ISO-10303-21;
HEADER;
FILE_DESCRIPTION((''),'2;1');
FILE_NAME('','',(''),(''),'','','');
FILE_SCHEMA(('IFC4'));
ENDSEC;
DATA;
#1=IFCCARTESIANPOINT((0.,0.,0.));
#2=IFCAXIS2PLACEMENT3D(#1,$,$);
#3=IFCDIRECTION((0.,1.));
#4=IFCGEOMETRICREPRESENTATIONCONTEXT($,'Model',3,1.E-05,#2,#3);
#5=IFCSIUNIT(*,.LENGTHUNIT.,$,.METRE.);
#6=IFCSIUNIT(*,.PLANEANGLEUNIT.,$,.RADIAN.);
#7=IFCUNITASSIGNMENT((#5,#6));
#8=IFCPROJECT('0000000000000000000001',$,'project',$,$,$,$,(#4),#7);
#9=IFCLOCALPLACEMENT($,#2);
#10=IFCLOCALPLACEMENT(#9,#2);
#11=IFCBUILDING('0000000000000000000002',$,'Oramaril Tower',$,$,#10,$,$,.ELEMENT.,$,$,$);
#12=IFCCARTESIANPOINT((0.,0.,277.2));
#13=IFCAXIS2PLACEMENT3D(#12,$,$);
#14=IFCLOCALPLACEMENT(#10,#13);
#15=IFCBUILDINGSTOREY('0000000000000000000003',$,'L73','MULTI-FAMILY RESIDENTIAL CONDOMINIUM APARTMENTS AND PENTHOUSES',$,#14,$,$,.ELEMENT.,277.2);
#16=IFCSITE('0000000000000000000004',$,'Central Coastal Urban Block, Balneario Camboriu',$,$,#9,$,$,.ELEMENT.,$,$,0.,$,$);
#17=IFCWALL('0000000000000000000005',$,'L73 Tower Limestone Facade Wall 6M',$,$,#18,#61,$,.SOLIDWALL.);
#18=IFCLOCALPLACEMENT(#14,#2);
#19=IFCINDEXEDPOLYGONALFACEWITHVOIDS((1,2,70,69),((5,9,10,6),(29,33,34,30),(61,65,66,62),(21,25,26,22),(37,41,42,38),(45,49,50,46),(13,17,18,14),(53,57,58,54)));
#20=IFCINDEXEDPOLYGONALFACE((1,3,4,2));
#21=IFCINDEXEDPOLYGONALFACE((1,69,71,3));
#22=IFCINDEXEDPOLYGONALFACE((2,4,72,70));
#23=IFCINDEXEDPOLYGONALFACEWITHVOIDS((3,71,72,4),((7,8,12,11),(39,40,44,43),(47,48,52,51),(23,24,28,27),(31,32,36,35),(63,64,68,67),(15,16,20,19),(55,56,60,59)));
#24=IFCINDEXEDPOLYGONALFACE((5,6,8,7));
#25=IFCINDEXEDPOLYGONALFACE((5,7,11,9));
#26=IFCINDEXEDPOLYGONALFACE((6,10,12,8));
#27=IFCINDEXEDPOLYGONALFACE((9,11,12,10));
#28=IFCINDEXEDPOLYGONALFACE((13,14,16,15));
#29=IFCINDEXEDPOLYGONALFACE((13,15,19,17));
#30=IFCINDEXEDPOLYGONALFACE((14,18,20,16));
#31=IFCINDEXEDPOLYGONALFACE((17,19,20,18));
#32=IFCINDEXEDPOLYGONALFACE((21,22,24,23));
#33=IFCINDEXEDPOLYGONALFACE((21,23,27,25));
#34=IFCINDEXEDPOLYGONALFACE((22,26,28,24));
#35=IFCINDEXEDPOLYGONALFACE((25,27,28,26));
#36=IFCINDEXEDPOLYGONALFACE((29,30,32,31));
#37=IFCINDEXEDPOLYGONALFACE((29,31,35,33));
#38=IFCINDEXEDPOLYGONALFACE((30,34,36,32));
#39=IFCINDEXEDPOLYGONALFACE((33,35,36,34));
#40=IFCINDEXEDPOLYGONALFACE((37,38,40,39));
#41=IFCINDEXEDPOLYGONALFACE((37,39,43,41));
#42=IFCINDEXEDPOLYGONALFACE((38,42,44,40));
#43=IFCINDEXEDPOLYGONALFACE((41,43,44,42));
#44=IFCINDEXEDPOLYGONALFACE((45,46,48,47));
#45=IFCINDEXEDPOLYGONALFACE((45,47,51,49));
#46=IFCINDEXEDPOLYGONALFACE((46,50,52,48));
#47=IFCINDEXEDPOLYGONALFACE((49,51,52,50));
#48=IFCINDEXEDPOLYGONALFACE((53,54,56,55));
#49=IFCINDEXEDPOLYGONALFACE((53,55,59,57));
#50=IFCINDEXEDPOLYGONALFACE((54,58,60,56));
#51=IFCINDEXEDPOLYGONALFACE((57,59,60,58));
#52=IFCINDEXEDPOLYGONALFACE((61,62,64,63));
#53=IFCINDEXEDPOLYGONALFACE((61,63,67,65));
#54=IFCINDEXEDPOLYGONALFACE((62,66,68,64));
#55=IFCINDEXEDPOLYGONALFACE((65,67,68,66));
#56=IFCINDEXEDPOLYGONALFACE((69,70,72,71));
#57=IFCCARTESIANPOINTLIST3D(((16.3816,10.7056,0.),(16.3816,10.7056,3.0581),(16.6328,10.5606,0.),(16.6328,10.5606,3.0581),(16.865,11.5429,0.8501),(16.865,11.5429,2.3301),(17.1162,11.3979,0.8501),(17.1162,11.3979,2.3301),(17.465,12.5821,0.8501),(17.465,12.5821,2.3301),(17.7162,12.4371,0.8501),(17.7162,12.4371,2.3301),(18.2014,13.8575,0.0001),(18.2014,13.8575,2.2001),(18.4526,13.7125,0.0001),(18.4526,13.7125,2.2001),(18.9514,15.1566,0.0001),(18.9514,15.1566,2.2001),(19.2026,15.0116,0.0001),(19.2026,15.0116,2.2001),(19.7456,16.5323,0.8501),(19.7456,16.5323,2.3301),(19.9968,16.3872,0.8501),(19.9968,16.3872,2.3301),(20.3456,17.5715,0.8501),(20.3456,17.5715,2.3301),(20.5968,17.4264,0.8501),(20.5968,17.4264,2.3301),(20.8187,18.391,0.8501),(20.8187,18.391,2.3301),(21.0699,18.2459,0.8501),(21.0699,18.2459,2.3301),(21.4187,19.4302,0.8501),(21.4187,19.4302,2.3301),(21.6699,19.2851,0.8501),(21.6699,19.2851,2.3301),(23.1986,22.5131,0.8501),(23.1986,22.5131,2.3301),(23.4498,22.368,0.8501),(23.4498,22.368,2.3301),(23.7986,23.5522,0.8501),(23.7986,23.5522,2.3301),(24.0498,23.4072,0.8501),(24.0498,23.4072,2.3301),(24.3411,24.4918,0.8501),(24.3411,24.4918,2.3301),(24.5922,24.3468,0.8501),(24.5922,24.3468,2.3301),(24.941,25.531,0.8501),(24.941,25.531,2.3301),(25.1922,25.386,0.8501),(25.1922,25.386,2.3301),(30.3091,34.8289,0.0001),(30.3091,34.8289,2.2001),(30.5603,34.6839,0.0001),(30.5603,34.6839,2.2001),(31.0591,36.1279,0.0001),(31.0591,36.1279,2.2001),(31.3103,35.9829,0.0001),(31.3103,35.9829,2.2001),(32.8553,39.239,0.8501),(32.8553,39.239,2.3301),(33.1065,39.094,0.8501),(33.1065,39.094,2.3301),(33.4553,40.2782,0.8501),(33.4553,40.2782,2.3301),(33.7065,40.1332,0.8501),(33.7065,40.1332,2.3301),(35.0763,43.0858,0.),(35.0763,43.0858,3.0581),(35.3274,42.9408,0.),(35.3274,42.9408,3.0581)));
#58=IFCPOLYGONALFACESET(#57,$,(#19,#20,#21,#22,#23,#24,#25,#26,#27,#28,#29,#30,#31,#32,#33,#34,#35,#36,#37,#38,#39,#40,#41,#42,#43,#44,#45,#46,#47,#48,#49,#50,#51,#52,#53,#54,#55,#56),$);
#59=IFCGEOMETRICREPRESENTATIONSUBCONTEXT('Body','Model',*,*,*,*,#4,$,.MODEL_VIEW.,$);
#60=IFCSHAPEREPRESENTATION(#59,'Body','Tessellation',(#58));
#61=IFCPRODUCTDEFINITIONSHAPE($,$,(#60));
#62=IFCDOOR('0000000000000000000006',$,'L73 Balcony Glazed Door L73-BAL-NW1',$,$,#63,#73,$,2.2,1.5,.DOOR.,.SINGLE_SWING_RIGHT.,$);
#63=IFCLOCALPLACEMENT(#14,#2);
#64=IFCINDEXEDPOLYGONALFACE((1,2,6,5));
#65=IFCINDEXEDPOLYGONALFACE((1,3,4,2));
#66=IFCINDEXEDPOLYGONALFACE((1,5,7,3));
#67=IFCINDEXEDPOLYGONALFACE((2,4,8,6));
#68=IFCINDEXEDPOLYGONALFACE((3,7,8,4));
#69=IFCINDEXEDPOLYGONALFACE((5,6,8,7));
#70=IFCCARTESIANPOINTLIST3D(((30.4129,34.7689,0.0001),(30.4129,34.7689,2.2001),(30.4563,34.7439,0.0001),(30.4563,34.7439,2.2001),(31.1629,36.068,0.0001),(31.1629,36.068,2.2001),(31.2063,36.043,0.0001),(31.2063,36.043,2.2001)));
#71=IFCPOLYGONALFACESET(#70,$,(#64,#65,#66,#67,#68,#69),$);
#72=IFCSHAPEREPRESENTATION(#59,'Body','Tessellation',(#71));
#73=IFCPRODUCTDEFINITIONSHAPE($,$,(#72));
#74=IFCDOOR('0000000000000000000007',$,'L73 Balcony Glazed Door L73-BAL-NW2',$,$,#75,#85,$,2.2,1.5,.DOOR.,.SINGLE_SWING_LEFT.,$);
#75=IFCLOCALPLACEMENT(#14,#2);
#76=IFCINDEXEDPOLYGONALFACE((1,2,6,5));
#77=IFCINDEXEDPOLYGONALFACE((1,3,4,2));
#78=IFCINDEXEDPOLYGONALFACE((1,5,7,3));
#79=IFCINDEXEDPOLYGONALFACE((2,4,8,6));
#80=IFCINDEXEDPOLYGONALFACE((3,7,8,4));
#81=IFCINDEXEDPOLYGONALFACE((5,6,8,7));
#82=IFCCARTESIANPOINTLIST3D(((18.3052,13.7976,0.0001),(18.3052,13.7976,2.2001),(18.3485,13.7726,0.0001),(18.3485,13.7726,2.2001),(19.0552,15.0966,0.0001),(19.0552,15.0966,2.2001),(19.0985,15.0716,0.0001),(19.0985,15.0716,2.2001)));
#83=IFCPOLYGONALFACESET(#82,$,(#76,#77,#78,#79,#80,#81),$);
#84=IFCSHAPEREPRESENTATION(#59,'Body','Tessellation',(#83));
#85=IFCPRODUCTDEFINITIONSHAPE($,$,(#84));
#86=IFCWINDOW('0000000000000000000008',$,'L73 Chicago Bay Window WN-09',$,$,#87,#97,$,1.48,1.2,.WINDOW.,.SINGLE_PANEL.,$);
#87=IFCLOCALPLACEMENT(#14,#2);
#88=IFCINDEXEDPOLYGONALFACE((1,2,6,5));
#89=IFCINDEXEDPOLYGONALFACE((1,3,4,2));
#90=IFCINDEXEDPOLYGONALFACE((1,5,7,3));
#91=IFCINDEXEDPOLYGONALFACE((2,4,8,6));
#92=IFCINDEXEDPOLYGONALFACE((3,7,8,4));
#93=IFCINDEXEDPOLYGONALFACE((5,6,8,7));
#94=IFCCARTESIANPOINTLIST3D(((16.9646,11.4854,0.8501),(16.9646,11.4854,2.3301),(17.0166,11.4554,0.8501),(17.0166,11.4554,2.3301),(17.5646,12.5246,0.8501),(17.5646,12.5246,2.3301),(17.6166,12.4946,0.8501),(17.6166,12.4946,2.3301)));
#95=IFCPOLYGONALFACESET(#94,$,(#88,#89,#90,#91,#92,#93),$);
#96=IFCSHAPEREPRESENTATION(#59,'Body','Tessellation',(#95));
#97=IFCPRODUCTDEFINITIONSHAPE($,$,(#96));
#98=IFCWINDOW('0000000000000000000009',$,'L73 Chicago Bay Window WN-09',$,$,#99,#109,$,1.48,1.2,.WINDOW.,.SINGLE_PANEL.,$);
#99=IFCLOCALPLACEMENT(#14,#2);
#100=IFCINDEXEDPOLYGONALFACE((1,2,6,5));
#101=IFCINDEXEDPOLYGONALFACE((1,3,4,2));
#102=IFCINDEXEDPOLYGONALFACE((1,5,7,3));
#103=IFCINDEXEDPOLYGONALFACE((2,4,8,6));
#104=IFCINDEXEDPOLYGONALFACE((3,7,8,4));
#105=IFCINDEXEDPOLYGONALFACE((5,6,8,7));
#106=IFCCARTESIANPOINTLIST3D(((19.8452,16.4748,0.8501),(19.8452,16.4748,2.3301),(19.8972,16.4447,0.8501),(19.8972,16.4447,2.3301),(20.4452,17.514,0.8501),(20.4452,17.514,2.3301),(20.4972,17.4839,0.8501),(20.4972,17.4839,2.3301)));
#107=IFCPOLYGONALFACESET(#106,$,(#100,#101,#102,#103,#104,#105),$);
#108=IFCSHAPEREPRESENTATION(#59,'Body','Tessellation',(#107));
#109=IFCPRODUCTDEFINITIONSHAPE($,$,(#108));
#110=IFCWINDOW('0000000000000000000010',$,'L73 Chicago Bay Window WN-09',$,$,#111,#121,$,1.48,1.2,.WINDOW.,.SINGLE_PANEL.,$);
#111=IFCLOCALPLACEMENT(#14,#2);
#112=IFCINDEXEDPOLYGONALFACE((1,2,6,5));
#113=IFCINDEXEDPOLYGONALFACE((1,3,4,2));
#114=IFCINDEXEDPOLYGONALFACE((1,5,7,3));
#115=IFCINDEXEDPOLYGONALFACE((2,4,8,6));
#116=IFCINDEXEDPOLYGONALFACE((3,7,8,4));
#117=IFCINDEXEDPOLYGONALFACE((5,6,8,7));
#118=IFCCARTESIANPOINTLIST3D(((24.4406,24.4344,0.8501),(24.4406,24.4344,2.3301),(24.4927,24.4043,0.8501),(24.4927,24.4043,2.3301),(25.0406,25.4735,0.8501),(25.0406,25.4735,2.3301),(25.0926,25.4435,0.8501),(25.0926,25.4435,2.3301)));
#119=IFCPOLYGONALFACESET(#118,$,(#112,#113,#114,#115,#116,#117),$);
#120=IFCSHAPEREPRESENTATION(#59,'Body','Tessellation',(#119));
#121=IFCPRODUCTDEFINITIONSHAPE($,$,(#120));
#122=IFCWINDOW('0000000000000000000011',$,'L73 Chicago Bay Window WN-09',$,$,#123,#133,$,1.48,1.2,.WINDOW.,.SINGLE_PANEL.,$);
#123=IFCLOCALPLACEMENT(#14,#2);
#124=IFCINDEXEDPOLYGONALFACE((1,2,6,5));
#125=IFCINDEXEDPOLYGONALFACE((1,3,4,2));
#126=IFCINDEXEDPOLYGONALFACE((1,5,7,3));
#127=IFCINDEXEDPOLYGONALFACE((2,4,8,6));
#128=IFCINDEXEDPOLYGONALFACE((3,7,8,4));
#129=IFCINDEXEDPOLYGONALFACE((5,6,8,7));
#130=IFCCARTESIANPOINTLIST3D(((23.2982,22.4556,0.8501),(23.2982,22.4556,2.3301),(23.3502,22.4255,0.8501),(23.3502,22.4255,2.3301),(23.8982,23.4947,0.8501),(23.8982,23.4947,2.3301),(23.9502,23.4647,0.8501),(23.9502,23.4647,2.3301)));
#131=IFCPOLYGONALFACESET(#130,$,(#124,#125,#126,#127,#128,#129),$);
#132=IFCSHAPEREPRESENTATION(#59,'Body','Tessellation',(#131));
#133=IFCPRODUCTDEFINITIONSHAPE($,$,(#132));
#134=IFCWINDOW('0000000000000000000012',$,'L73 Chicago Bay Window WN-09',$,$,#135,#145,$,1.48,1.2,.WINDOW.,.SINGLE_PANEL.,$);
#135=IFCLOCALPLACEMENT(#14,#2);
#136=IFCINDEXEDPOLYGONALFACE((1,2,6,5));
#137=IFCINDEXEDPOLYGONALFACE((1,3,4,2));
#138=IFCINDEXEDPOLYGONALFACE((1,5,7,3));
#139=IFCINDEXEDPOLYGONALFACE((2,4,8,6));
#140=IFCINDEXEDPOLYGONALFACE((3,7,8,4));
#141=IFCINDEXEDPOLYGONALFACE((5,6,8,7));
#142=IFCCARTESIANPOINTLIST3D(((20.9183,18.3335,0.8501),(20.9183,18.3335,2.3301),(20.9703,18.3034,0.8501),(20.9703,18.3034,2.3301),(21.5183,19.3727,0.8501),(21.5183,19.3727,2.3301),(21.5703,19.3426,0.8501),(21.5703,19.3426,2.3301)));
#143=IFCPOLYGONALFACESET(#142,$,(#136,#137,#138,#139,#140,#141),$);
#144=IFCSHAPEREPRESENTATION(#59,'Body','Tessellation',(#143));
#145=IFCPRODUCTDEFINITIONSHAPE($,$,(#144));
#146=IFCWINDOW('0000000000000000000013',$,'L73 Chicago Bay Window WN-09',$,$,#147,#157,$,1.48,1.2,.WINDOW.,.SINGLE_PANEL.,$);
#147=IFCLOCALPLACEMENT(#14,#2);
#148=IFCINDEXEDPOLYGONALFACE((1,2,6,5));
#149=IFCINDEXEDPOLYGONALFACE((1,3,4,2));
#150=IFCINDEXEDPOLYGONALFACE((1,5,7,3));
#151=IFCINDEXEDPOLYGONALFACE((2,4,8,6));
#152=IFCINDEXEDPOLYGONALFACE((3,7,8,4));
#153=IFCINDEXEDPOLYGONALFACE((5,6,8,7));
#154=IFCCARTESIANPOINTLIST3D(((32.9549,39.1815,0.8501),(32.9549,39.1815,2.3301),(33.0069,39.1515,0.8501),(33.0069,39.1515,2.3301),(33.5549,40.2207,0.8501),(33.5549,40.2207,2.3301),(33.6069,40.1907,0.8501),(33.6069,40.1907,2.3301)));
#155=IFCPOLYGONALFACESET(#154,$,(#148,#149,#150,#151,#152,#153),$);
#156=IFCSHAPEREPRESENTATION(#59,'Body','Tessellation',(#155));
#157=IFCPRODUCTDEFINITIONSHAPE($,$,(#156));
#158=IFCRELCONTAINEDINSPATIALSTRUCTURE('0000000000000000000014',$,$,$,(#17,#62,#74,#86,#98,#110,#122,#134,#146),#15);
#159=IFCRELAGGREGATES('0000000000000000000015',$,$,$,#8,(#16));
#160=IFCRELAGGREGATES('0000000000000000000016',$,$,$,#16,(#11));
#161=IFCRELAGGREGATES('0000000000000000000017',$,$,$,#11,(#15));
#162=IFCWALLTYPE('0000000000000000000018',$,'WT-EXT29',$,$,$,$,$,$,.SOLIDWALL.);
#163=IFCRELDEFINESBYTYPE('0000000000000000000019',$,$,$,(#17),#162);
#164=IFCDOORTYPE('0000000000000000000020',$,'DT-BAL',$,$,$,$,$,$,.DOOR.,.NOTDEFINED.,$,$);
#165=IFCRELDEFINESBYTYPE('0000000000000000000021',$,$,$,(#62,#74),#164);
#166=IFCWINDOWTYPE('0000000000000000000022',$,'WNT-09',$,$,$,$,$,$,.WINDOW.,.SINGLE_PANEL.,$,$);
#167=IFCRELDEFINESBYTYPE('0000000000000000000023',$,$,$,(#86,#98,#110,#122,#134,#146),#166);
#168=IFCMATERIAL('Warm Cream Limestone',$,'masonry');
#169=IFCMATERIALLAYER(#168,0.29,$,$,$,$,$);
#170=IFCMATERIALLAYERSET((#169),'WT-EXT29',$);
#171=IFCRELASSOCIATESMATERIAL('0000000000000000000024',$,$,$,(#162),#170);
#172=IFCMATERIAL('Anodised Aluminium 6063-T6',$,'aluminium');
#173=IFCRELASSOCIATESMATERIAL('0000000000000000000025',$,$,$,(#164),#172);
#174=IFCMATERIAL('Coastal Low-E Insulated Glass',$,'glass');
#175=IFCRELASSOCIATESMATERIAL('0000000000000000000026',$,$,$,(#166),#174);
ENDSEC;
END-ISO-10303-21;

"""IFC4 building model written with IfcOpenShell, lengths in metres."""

from ifc_helpers import new_model, si_unit, direction, frame, frame_2d, origin, place, context, subcontext, project, spatial, rectangle, extrude, material, layer, layer_set, type_object, element, fill, save


model = new_model("IFC4")

# Units and contexts
model_context = context("Model", 3, precision=1e-05, world=origin(), true_north=direction((0.0, 1.0)))
body_context = subcontext(model_context, "Body", "Model", "MODEL_VIEW")
ifc_project = project(units=[si_unit("LENGTHUNIT", "METRE"), si_unit("PLANEANGLEUNIT", "RADIAN")], contexts=[model_context])

# Site, building, storey
site_placement = place(None, origin())
site = spatial("IfcSite", under=ifc_project, at=site_placement, Name="Central Coastal Urban Block, Balneario Camboriu", CompositionType="ELEMENT", RefElevation=0.0)
building_placement = place(site_placement, origin())
building = spatial("IfcBuilding", under=site, at=building_placement, Name="Oramaril Tower", CompositionType="ELEMENT")
storey_placement = place(building_placement, frame((0.0, 0.0, 277.2)))
storey = spatial("IfcBuildingStorey", under=building, at=storey_placement, Name="L73", Description="MULTI-FAMILY RESIDENTIAL CONDOMINIUM APARTMENTS AND PENTHOUSES", CompositionType="ELEMENT", Elevation=277.2)

# Shared definitions
ifc_material_1 = material(Name="Warm Cream Limestone", Category="masonry")
ifc_layer_1 = layer(ifc_material_1, 0.29)
ifc_layer_set_1 = layer_set([ifc_layer_1], Name="WT-EXT29")
wall_type_1 = type_object("IfcWallType", Name="WT-EXT29", PredefinedType="SOLIDWALL", material=ifc_layer_set_1)

# Wall, openings, doors, windows
wall_1_placement = place(storey_placement, frame((35.2019, 43.0134, 0.0), z_axis=(0.0, 0.0, 1.0), x_axis=(-0.499998, -0.866027, 0.0)))
wall_1 = element("IfcWall", 1, at=wall_1_placement, inside=storey, type_object=wall_type_1, Name="L73 Tower Limestone Facade Wall 6M", PredefinedType="SOLIDWALL", context=body_context, shape_type="SweptSolid", body=[
    extrude(rectangle(XDim=37.3894, YDim=0.29, at=frame_2d((18.6948, 0.0))), origin(), (0.0, 0.0, 1.0), 3.0581),
])
opening_1_placement = place(wall_1_placement, frame((8.0344, 0.0, 0.0)))
opening_1 = element("IfcOpeningElement", 2, at=opening_1_placement, cuts=wall_1, PredefinedType="OPENING", context=body_context, shape_type="SweptSolid", body=[
    extrude(rectangle(XDim=1.5, YDim=2.2, at=frame_2d((0.75, 1.1001))), frame((0.0, 0.145, 0.0), z_axis=(0.0, -1.0, 0.0), x_axis=(1.0, 0.0, 0.0)), (0.0, 0.0, 1.0), 0.29),
])
opening_2_placement = place(wall_1_placement, frame((32.25, 0.0, 0.0)))
opening_2 = element("IfcOpeningElement", 3, at=opening_2_placement, cuts=wall_1, PredefinedType="OPENING", context=body_context, shape_type="SweptSolid", body=[
    extrude(rectangle(XDim=1.5, YDim=2.2, at=frame_2d((0.75, 1.1001))), frame((0.0, 0.145, 0.0), z_axis=(0.0, -1.0, 0.0), x_axis=(1.0, 0.0, 0.0)), (0.0, 0.0, 1.0), 0.29),
])
opening_3_placement = place(wall_1_placement, frame((35.2227, 0.0, 0.8501)))
opening_3 = element("IfcOpeningElement", 4, at=opening_3_placement, cuts=wall_1, PredefinedType="OPENING", context=body_context, shape_type="SweptSolid", body=[
    extrude(rectangle(XDim=1.2, YDim=1.48, at=frame_2d((0.6001, 0.74))), frame((0.0, 0.145, 0.0), z_axis=(0.0, -1.0, 0.0), x_axis=(1.0, 0.0, 0.0)), (0.0, 0.0, 1.0), 0.29),
])
opening_4_placement = place(wall_1_placement, frame((29.4614, 0.0, 0.8501)))
opening_4 = element("IfcOpeningElement", 5, at=opening_4_placement, cuts=wall_1, PredefinedType="OPENING", context=body_context, shape_type="SweptSolid", body=[
    extrude(rectangle(XDim=1.2, YDim=1.48, at=frame_2d((0.6001, 0.74))), frame((0.0, 0.145, 0.0), z_axis=(0.0, -1.0, 0.0), x_axis=(1.0, 0.0, 0.0)), (0.0, 0.0, 1.0), 0.29),
])
opening_5_placement = place(wall_1_placement, frame((20.2705, 0.0, 0.8501)))
opening_5 = element("IfcOpeningElement", 6, at=opening_5_placement, cuts=wall_1, PredefinedType="OPENING", context=body_context, shape_type="SweptSolid", body=[
    extrude(rectangle(XDim=1.2, YDim=1.48, at=frame_2d((0.6001, 0.74))), frame((0.0, 0.145, 0.0), z_axis=(0.0, -1.0, 0.0), x_axis=(1.0, 0.0, 0.0)), (0.0, 0.0, 1.0), 0.29),
])
opening_6_placement = place(wall_1_placement, frame((22.5554, 0.0, 0.8501)))
opening_6 = element("IfcOpeningElement", 7, at=opening_6_placement, cuts=wall_1, PredefinedType="OPENING", context=body_context, shape_type="SweptSolid", body=[
    extrude(rectangle(XDim=1.2, YDim=1.48, at=frame_2d((0.6001, 0.74))), frame((0.0, 0.145, 0.0), z_axis=(0.0, -1.0, 0.0), x_axis=(1.0, 0.0, 0.0)), (0.0, 0.0, 1.0), 0.29),
])
opening_7_placement = place(wall_1_placement, frame((27.3152, 0.0, 0.8501)))
opening_7 = element("IfcOpeningElement", 8, at=opening_7_placement, cuts=wall_1, PredefinedType="OPENING", context=body_context, shape_type="SweptSolid", body=[
    extrude(rectangle(XDim=1.2, YDim=1.48, at=frame_2d((0.6001, 0.74))), frame((0.0, 0.145, 0.0), z_axis=(0.0, -1.0, 0.0), x_axis=(1.0, 0.0, 0.0)), (0.0, 0.0, 1.0), 0.29),
])
opening_8_placement = place(wall_1_placement, frame((3.2419, 0.0, 0.8501)))
opening_8 = element("IfcOpeningElement", 9, at=opening_8_placement, cuts=wall_1, PredefinedType="OPENING", context=body_context, shape_type="SweptSolid", body=[
    extrude(rectangle(XDim=1.2, YDim=1.48, at=frame_2d((0.6001, 0.74))), frame((0.0, 0.145, 0.0), z_axis=(0.0, -1.0, 0.0), x_axis=(1.0, 0.0, 0.0)), (0.0, 0.0, 1.0), 0.29),
])
ifc_material_2 = material(Name="Anodised Aluminium 6063-T6", Category="aluminium")
door_type = type_object("IfcDoorType", Name="DT-BAL", OperationType="NOTDEFINED", PredefinedType="DOOR", material=ifc_material_2)
door_1_placement = place(opening_1_placement, origin())
door_1 = element("IfcDoor", 10, at=door_1_placement, inside=storey, type_object=door_type, Name="L73 Balcony Glazed Door L73-BAL-NW1", OperationType="SINGLE_SWING_RIGHT", OverallHeight=2.2, OverallWidth=1.5, PredefinedType="DOOR", context=body_context, shape_type="SweptSolid", body=[
    extrude(rectangle(XDim=1.5, YDim=2.2, at=frame_2d((0.75, 1.1001))), frame((0.0, 0.0249, 0.0), z_axis=(0.0, -1.0, 0.0), x_axis=(1.0, 0.0, 0.0)), (0.0, 0.0, 1.0), 0.05),
])
fill(opening_1, door_1)
door_2_placement = place(opening_2_placement, origin())
door_2 = element("IfcDoor", 11, at=door_2_placement, inside=storey, type_object=door_type, Name="L73 Balcony Glazed Door L73-BAL-NW2", OperationType="SINGLE_SWING_LEFT", OverallHeight=2.2, OverallWidth=1.5, PredefinedType="DOOR", context=body_context, shape_type="SweptSolid", body=[
    extrude(rectangle(XDim=1.5, YDim=2.2, at=frame_2d((0.75, 1.1001))), frame((0.0, 0.0249, 0.0), z_axis=(0.0, -1.0, 0.0), x_axis=(1.0, 0.0, 0.0)), (0.0, 0.0, 1.0), 0.05),
])
fill(opening_2, door_2)
ifc_material_3 = material(Name="Coastal Low-E Insulated Glass", Category="glass")
window_type = type_object("IfcWindowType", Name="WNT-09", PartitioningType="SINGLE_PANEL", PredefinedType="WINDOW", material=ifc_material_3)
window_1_placement = place(opening_3_placement, origin())
window_1 = element("IfcWindow", 12, at=window_1_placement, inside=storey, type_object=window_type, Name="L73 Chicago Bay Window WN-09", OverallHeight=1.48, OverallWidth=1.2, PartitioningType="SINGLE_PANEL", PredefinedType="WINDOW", context=body_context, shape_type="SweptSolid", body=[
    extrude(rectangle(XDim=1.2, YDim=1.48, at=frame_2d((0.6001, 0.74))), frame((0.0, 0.03, 0.0), z_axis=(0.0, -1.0, 0.0), x_axis=(1.0, 0.0, 0.0)), (0.0, 0.0, 1.0), 0.0601),
])
fill(opening_3, window_1)
window_2_placement = place(opening_4_placement, origin())
window_2 = element("IfcWindow", 13, at=window_2_placement, inside=storey, type_object=window_type, Name="L73 Chicago Bay Window WN-09", OverallHeight=1.48, OverallWidth=1.2, PartitioningType="SINGLE_PANEL", PredefinedType="WINDOW", context=body_context, shape_type="SweptSolid", body=[
    extrude(rectangle(XDim=1.2, YDim=1.48, at=frame_2d((0.6001, 0.74))), frame((0.0, 0.03, 0.0), z_axis=(0.0, -1.0, 0.0), x_axis=(1.0, 0.0, 0.0)), (0.0, 0.0, 1.0), 0.0601),
])
fill(opening_4, window_2)
window_3_placement = place(opening_5_placement, origin())
window_3 = element("IfcWindow", 14, at=window_3_placement, inside=storey, type_object=window_type, Name="L73 Chicago Bay Window WN-09", OverallHeight=1.48, OverallWidth=1.2, PartitioningType="SINGLE_PANEL", PredefinedType="WINDOW", context=body_context, shape_type="SweptSolid", body=[
    extrude(rectangle(XDim=1.2, YDim=1.48, at=frame_2d((0.6001, 0.74))), frame((0.0, 0.03, 0.0), z_axis=(0.0, -1.0, 0.0), x_axis=(1.0, 0.0, 0.0)), (0.0, 0.0, 1.0), 0.0601),
])
fill(opening_5, window_3)
window_4_placement = place(opening_6_placement, origin())
window_4 = element("IfcWindow", 15, at=window_4_placement, inside=storey, type_object=window_type, Name="L73 Chicago Bay Window WN-09", OverallHeight=1.48, OverallWidth=1.2, PartitioningType="SINGLE_PANEL", PredefinedType="WINDOW", context=body_context, shape_type="SweptSolid", body=[
    extrude(rectangle(XDim=1.2, YDim=1.48, at=frame_2d((0.6001, 0.74))), frame((0.0, 0.03, 0.0), z_axis=(0.0, -1.0, 0.0), x_axis=(1.0, 0.0, 0.0)), (0.0, 0.0, 1.0), 0.0601),
])
fill(opening_6, window_4)
window_5_placement = place(opening_7_placement, origin())
window_5 = element("IfcWindow", 16, at=window_5_placement, inside=storey, type_object=window_type, Name="L73 Chicago Bay Window WN-09", OverallHeight=1.48, OverallWidth=1.2, PartitioningType="SINGLE_PANEL", PredefinedType="WINDOW", context=body_context, shape_type="SweptSolid", body=[
    extrude(rectangle(XDim=1.2, YDim=1.48, at=frame_2d((0.6001, 0.74))), frame((0.0, 0.03, 0.0), z_axis=(0.0, -1.0, 0.0), x_axis=(1.0, 0.0, 0.0)), (0.0, 0.0, 1.0), 0.0601),
])
fill(opening_7, window_5)
window_6_placement = place(opening_8_placement, origin())
window_6 = element("IfcWindow", 17, at=window_6_placement, inside=storey, type_object=window_type, Name="L73 Chicago Bay Window WN-09", OverallHeight=1.48, OverallWidth=1.2, PartitioningType="SINGLE_PANEL", PredefinedType="WINDOW", context=body_context, shape_type="SweptSolid", body=[
    extrude(rectangle(XDim=1.2, YDim=1.48, at=frame_2d((0.6001, 0.74))), frame((0.0, 0.03, 0.0), z_axis=(0.0, -1.0, 0.0), x_axis=(1.0, 0.0, 0.0)), (0.0, 0.0, 1.0), 0.0601),
])
fill(opening_8, window_6)

save(model, "model.ifc")
